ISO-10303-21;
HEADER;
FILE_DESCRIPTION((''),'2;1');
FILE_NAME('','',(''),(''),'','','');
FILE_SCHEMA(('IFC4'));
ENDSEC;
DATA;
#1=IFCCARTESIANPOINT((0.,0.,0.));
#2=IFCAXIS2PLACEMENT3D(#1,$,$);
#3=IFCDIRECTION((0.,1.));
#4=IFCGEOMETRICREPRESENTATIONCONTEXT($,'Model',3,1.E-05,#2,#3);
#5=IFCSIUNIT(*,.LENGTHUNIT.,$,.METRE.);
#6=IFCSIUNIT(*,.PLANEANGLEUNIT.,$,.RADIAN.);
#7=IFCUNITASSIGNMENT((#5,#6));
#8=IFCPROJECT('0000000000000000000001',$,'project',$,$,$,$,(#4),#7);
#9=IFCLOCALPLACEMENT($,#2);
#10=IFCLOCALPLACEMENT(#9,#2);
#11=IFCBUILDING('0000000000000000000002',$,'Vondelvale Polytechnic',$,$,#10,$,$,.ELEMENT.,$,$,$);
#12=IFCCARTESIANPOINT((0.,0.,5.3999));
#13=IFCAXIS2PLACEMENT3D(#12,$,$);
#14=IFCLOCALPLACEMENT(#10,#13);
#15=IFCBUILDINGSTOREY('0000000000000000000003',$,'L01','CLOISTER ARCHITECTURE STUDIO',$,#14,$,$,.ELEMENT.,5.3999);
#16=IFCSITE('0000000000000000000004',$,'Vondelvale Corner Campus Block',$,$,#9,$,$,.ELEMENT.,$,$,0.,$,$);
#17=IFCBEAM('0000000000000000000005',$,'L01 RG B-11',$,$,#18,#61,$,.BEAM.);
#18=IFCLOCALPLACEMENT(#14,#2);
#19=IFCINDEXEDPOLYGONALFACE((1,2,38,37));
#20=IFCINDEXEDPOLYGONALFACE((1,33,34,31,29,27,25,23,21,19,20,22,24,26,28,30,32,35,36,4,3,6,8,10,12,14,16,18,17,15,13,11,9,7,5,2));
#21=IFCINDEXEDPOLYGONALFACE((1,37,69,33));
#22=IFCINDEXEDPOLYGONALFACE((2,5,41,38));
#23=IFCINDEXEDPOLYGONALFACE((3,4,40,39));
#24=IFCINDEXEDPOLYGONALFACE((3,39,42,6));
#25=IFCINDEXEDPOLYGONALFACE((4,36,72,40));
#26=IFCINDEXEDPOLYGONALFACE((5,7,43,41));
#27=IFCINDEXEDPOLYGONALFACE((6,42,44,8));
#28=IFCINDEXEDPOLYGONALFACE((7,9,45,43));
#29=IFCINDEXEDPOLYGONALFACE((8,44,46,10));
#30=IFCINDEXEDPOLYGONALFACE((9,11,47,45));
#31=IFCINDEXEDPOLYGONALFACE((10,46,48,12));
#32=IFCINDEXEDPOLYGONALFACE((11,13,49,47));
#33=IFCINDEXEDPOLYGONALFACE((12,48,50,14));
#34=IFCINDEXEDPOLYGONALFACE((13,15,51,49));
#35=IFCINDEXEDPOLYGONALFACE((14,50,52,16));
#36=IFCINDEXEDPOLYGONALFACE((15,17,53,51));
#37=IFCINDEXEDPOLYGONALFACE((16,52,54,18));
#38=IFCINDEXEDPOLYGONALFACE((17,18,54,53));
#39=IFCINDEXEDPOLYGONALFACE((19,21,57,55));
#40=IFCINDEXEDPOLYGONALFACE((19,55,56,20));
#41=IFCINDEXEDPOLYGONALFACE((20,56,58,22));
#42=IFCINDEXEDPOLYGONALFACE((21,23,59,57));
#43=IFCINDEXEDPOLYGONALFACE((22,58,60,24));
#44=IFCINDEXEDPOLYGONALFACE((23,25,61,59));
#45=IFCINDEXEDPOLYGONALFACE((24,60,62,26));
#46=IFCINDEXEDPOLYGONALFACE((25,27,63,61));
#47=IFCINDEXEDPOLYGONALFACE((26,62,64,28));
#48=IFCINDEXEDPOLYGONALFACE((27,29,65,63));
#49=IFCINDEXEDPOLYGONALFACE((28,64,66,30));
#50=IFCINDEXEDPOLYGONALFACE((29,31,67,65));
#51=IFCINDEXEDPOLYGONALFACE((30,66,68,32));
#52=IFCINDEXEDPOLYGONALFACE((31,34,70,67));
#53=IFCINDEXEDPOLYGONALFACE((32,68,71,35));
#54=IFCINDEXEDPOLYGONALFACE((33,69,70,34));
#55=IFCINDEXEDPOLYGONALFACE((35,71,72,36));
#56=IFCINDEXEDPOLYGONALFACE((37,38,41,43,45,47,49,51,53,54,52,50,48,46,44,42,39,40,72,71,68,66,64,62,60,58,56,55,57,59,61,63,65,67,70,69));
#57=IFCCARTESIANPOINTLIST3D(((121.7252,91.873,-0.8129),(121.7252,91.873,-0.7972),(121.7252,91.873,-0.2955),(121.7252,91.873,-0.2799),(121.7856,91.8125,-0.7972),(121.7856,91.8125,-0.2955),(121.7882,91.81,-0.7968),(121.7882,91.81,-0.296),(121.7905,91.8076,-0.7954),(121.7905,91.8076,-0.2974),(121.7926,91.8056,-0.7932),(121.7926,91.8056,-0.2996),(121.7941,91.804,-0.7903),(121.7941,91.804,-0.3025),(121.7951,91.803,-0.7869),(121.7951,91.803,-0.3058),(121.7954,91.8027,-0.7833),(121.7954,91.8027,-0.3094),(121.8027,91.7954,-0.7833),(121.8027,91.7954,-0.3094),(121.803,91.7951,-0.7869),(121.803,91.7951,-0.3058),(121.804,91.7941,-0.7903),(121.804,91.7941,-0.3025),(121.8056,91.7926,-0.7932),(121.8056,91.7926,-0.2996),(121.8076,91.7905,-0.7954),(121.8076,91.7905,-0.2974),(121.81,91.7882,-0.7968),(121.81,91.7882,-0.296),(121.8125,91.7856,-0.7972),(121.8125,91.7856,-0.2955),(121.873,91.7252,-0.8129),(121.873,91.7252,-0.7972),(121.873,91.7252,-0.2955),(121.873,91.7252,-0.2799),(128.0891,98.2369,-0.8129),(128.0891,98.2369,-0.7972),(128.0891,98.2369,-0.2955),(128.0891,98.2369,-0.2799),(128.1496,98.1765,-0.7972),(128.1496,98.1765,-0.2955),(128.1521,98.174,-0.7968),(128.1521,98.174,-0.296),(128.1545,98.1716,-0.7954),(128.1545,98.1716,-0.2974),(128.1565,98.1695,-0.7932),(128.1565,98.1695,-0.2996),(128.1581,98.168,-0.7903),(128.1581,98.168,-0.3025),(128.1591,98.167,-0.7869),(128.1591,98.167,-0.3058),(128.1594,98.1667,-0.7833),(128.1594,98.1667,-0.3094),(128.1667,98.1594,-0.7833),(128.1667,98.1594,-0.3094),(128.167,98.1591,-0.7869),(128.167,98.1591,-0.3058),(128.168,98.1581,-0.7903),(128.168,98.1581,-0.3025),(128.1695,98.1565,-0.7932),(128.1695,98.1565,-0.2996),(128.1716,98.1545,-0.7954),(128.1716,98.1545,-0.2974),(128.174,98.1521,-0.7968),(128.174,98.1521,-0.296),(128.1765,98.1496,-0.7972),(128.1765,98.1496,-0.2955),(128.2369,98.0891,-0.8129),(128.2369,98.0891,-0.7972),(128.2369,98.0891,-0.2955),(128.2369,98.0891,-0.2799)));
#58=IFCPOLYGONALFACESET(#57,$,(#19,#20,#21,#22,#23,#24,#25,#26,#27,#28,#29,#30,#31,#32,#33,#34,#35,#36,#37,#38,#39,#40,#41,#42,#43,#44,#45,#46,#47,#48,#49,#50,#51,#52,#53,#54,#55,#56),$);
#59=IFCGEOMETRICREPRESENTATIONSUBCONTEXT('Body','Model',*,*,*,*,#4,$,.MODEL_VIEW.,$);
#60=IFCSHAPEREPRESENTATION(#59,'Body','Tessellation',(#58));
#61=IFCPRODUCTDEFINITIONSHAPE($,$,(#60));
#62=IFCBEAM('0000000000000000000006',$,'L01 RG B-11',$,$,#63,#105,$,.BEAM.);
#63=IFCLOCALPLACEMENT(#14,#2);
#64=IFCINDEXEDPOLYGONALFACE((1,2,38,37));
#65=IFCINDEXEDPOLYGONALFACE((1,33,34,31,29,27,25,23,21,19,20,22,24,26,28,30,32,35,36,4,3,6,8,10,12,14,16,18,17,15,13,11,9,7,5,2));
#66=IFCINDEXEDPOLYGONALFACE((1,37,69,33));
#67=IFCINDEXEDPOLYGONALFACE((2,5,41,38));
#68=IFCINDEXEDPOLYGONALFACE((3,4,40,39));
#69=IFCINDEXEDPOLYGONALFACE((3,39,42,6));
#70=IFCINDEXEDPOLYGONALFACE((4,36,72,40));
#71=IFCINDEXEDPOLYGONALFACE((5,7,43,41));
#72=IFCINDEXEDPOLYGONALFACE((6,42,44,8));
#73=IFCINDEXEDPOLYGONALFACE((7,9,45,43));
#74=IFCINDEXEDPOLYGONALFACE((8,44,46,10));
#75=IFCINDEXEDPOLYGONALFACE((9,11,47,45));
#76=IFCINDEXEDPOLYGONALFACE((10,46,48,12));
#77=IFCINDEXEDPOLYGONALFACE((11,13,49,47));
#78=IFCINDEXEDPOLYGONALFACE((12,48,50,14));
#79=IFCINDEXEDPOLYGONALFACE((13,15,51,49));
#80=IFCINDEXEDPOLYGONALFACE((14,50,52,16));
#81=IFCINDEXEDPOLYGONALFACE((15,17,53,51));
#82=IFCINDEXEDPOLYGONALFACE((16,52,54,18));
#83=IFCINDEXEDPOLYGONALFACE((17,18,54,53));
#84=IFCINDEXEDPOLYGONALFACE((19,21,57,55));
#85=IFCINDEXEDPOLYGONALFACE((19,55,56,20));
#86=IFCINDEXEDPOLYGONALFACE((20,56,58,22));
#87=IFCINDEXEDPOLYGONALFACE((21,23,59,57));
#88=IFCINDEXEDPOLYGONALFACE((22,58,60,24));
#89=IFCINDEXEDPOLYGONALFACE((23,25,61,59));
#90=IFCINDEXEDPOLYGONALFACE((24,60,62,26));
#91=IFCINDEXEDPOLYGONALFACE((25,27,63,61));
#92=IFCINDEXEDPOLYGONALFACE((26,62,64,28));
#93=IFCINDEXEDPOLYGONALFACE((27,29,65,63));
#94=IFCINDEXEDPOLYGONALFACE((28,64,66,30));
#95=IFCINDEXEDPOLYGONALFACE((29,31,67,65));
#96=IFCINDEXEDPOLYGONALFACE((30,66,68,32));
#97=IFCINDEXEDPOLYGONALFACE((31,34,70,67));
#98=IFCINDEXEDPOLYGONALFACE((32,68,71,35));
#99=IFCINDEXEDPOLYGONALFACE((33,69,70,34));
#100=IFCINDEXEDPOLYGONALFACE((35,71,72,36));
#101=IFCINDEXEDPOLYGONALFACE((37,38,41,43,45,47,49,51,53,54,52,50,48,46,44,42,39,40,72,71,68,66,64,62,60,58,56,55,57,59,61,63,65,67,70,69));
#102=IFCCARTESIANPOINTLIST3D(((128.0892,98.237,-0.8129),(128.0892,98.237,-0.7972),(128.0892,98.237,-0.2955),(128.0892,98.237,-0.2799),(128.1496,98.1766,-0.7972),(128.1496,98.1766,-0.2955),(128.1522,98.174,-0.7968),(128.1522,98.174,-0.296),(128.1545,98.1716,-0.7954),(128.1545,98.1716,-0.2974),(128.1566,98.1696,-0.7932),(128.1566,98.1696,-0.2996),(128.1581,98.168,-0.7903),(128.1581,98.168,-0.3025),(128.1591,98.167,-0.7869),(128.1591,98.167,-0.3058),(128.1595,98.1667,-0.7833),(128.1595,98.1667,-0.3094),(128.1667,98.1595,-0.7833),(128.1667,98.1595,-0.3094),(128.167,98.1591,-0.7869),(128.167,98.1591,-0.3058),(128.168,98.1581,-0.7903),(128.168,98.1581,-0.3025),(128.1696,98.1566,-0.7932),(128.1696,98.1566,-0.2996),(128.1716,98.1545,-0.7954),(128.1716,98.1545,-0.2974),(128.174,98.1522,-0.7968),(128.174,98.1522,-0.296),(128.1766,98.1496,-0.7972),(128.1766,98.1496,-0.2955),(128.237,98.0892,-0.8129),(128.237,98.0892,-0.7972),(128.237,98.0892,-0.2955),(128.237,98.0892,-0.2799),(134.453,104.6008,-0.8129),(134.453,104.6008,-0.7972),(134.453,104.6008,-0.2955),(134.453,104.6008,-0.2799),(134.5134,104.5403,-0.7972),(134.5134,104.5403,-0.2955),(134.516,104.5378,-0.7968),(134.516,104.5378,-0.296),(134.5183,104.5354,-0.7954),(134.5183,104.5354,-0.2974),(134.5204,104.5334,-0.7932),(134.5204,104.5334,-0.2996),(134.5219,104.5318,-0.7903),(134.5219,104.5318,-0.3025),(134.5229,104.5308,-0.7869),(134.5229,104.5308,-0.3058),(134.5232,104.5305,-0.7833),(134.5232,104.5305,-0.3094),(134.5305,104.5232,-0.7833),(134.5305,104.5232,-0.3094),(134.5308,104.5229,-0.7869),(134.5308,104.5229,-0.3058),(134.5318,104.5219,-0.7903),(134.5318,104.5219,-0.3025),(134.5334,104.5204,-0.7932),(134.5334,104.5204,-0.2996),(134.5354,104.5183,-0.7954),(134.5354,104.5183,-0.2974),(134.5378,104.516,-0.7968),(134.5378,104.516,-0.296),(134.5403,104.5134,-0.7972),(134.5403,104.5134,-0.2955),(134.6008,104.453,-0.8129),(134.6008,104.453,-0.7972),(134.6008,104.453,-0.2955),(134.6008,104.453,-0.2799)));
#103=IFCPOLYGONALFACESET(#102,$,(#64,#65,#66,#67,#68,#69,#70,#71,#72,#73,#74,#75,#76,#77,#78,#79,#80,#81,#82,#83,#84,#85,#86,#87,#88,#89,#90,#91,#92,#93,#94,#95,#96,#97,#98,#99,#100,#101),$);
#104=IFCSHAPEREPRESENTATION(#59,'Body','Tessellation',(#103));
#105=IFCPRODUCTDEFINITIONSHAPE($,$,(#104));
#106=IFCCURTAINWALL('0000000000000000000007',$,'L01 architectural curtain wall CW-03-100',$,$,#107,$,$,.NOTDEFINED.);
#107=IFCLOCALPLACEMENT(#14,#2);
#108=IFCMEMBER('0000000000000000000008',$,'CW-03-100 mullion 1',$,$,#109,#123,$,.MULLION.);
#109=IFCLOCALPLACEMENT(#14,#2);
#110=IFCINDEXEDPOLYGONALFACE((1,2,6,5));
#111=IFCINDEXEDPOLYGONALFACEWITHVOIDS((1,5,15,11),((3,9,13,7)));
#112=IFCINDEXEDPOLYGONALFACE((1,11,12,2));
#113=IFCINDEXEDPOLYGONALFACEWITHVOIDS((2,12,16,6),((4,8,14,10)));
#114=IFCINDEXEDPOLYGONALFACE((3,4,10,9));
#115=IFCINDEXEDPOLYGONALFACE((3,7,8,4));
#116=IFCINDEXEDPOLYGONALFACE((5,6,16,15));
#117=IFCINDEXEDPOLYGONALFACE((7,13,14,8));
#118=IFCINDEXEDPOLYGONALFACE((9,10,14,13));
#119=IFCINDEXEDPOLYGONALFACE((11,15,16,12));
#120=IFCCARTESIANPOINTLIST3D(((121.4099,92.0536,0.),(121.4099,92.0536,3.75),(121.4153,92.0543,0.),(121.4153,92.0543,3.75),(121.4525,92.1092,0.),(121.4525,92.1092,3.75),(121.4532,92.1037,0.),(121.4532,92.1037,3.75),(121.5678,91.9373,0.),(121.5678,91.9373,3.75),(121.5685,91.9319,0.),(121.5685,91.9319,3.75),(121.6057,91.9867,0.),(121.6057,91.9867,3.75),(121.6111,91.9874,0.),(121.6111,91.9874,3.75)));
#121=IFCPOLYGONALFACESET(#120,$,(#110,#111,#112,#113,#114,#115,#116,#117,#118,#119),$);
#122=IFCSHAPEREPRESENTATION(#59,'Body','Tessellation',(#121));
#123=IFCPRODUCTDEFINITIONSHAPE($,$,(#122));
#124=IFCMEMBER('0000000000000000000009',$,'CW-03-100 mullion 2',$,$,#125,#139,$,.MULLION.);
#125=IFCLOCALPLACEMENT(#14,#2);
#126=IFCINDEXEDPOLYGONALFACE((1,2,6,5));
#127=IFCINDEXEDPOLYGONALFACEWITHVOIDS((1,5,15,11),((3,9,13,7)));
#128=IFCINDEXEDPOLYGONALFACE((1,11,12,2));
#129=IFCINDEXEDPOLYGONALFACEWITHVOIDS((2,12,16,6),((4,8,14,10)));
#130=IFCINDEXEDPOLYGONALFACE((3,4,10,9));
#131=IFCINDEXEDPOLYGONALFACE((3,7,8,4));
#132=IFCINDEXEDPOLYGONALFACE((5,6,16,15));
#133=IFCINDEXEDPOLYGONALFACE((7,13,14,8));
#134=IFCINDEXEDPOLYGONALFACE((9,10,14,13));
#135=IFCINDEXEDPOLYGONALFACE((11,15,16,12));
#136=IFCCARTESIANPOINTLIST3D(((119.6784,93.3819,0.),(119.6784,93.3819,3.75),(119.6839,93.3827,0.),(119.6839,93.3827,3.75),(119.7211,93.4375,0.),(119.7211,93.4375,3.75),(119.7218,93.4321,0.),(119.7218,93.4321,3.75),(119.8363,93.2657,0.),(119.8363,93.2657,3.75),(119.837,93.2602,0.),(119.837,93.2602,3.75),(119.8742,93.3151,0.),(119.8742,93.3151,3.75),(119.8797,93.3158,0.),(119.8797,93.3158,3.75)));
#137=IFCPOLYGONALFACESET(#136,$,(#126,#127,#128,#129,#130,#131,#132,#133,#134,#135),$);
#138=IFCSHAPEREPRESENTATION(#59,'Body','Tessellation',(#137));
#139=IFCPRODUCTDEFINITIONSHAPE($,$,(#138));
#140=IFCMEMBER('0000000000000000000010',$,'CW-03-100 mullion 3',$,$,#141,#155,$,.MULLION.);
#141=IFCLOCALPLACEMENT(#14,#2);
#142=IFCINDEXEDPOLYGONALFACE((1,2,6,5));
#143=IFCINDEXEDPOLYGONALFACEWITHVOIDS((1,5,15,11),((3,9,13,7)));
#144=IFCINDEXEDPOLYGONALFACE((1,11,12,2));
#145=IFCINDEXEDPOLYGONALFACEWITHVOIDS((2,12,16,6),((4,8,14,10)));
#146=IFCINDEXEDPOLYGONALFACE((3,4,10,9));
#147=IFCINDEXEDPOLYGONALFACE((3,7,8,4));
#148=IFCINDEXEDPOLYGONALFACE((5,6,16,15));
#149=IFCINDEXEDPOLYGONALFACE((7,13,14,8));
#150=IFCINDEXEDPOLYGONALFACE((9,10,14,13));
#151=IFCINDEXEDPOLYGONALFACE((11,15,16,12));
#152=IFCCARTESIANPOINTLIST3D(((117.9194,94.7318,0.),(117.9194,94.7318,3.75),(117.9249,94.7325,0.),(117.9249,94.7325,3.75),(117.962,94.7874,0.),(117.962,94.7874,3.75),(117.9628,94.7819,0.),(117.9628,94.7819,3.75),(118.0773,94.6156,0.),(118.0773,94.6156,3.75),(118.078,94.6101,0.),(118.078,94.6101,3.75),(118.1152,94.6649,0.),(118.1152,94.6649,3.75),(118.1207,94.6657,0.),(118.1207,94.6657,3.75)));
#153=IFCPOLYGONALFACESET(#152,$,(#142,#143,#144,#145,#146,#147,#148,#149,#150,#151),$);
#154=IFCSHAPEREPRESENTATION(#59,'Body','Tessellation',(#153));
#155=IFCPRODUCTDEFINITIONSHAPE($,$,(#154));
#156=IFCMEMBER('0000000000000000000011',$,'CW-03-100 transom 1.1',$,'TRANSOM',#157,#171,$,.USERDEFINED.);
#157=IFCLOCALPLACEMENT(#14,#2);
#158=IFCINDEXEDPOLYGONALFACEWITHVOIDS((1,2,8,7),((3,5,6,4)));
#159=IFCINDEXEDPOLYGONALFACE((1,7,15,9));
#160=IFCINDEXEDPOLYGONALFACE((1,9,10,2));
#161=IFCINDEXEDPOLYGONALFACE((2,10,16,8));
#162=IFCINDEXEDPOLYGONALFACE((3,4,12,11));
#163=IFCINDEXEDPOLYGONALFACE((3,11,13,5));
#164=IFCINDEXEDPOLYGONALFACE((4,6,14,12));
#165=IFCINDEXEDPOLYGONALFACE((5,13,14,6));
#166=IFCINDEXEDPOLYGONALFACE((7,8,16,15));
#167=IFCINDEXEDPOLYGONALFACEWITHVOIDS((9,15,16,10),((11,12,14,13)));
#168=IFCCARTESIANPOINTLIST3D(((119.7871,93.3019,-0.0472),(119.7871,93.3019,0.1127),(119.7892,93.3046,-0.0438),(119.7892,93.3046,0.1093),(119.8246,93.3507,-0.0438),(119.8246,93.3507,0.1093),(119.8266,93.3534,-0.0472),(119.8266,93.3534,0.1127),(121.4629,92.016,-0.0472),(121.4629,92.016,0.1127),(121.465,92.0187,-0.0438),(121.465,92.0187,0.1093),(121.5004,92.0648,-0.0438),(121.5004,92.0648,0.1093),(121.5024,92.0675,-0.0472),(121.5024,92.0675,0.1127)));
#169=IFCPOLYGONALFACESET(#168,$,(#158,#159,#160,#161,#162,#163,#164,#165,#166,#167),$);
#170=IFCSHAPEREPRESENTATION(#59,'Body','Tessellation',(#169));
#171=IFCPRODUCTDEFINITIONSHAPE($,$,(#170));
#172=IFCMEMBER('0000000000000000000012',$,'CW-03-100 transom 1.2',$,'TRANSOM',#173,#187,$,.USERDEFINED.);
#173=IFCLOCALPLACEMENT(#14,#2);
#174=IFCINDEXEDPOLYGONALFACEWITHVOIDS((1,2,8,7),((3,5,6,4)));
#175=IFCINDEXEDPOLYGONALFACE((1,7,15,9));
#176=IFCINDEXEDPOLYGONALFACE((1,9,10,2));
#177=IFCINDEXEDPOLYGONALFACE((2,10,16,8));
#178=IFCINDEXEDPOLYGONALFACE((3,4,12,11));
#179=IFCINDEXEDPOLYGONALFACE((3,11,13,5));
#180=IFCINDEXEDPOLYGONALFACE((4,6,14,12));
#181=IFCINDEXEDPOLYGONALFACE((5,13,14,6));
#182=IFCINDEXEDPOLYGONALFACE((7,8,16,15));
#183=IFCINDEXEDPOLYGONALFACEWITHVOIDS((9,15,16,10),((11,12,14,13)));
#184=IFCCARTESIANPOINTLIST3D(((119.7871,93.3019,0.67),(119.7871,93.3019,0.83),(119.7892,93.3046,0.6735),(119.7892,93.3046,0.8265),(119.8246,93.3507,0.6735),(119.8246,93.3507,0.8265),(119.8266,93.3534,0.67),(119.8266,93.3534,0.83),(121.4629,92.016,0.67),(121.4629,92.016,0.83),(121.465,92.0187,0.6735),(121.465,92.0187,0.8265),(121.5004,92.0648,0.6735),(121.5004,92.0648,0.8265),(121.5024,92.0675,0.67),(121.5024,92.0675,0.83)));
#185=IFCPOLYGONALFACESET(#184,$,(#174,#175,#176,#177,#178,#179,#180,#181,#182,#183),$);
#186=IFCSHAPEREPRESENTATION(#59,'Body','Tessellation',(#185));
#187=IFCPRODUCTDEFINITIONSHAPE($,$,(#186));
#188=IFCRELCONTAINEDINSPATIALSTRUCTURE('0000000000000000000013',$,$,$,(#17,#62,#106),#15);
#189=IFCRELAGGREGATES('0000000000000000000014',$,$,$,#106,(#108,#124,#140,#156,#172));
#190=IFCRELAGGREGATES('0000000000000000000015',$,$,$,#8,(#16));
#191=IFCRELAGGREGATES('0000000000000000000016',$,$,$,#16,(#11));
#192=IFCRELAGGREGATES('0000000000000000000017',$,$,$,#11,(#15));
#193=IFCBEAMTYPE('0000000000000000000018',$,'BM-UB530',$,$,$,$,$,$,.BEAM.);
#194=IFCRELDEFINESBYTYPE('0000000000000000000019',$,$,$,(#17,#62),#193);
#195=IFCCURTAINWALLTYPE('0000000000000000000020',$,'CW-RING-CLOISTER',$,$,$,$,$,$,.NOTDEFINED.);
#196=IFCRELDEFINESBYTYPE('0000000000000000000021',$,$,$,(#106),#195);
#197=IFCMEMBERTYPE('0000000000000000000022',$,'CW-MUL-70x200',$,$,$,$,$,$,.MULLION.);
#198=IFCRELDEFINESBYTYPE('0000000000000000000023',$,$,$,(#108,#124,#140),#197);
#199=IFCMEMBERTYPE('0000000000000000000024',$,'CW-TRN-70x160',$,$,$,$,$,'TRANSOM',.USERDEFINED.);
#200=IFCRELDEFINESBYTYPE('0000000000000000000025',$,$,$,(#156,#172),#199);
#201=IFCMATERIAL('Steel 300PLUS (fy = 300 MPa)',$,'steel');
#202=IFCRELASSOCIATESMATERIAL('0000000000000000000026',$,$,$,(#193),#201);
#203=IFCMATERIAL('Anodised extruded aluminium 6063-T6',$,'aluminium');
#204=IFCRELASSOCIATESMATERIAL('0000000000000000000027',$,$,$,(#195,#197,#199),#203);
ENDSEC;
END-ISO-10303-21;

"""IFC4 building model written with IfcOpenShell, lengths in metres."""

from ifc_helpers import new_model, si_unit, direction, frame, origin, origin_2d, place, context, subcontext, project, spatial, hollow_rectangle, i_section, extrude, material, material_profile, profile_set, type_object, element, aggregate, save


model = new_model("IFC4")

# Units and contexts
model_context = context("Model", 3, precision=1e-05, world=origin(), true_north=direction((0.0, 1.0)))
body_context = subcontext(model_context, "Body", "Model", "MODEL_VIEW")
ifc_project = project(units=[si_unit("LENGTHUNIT", "METRE"), si_unit("PLANEANGLEUNIT", "RADIAN")], contexts=[model_context])

# Site, building, storey
site_placement = place(None, origin())
site = spatial("IfcSite", under=ifc_project, at=site_placement, Name="Vondelvale Corner Campus Block", CompositionType="ELEMENT", RefElevation=0.0)
building_placement = place(site_placement, origin())
building = spatial("IfcBuilding", under=site, at=building_placement, Name="Vondelvale Polytechnic", CompositionType="ELEMENT")
storey_placement = place(building_placement, frame((0.0, 0.0, 5.3999)))
storey = spatial("IfcBuildingStorey", under=building, at=storey_placement, Name="L01", Description="CLOISTER ARCHITECTURE STUDIO", CompositionType="ELEMENT", Elevation=5.3999)

# Shared definitions
ifc_material_1 = material(Name="Steel 300PLUS (fy = 300 MPa)", Category="steel")

# Beams
ifc_material_profile_1 = material_profile(ifc_material_1, i_section(OverallWidth=0.209, OverallDepth=0.533, WebThickness=0.0103, FlangeThickness=0.0156, FilletRadius=0.0139, at=origin_2d()), Name="530UB92.4")
ifc_profile_set_1 = profile_set([ifc_material_profile_1], Name="Steel 300PLUS (fy = 300 MPa)")
beam_type_1 = type_object("IfcBeamType", Name="BM-UB530", PredefinedType="BEAM", material=ifc_profile_set_1)
beam_1_placement = place(storey_placement, frame((121.7991, 91.7991, -0.5464), z_axis=(0.707107, 0.707107, 0.0), x_axis=(-0.707107, 0.707107, 0.0)))
element("IfcBeam", 1, at=beam_1_placement, inside=storey, type_object=beam_type_1, Name="L01 RG B-11", PredefinedType="BEAM", context=body_context, shape_type="SweptSolid", body=[
    extrude(i_section(OverallWidth=0.209, OverallDepth=0.533, WebThickness=0.0103, FlangeThickness=0.0156, FilletRadius=0.0139, at=origin_2d()), origin(), (0.0, 0.0, 1.0), 9.0),
])
beam_2_placement = place(storey_placement, frame((128.1631, 98.1631, -0.5464), z_axis=(0.707107, 0.707107, 0.0), x_axis=(-0.707107, 0.707107, 0.0)))
element("IfcBeam", 2, at=beam_2_placement, inside=storey, type_object=beam_type_1, Name="L01 RG B-11", PredefinedType="BEAM", context=body_context, shape_type="SweptSolid", body=[
    extrude(i_section(OverallWidth=0.209, OverallDepth=0.533, WebThickness=0.0103, FlangeThickness=0.0156, FilletRadius=0.0139, at=origin_2d()), origin(), (0.0, 0.0, 1.0), 8.9998),
])

# Curtain wall, members
ifc_material_2 = material(Name="Anodised extruded aluminium 6063-T6", Category="aluminium")
curtain_wall_type = type_object("IfcCurtainWallType", Name="CW-RING-CLOISTER", PredefinedType="NOTDEFINED", material=ifc_material_2)
curtain_wall_placement = place(storey_placement, origin())
curtain_wall = element("IfcCurtainWall", 3, at=curtain_wall_placement, inside=storey, type_object=curtain_wall_type, Name="L01 architectural curtain wall CW-03-100", PredefinedType="NOTDEFINED")
ifc_material_profile_2 = material_profile(ifc_material_2, hollow_rectangle(XDim=0.0701, YDim=0.2, WallThickness=0.0039, at=origin_2d()), Name="CW-MUL-200x70")
ifc_profile_set_2 = profile_set([ifc_material_profile_2], Name="Anodised extruded aluminium 6063-T6")
member_type_1 = type_object("IfcMemberType", Name="CW-MUL-70x200", PredefinedType="MULLION", material=ifc_profile_set_2)
member_1_placement = place(storey_placement, frame((121.5105, 92.0205, 0.0), z_axis=(0.0, 0.0, 1.0), x_axis=(-0.608748, -0.793364, 0.0)))
member_1 = element("IfcMember", 4, at=member_1_placement, type_object=member_type_1, Name="CW-03-100 mullion 1", PredefinedType="MULLION", context=body_context, shape_type="SweptSolid", body=[
    extrude(hollow_rectangle(XDim=0.0701, YDim=0.2, WallThickness=0.0039, at=origin_2d()), origin(), (0.0, 0.0, 1.0), 3.75),
])
member_2_placement = place(storey_placement, frame((119.7791, 93.3489, 0.0), z_axis=(0.0, 0.0, 1.0), x_axis=(-0.608748, -0.793364, 0.0)))
member_2 = element("IfcMember", 5, at=member_2_placement, type_object=member_type_1, Name="CW-03-100 mullion 2", PredefinedType="MULLION", context=body_context, shape_type="SweptSolid", body=[
    extrude(hollow_rectangle(XDim=0.0701, YDim=0.2, WallThickness=0.0039, at=origin_2d()), origin(), (0.0, 0.0, 1.0), 3.75),
])
member_3_placement = place(storey_placement, frame((118.02, 94.6987, 0.0), z_axis=(0.0, 0.0, 1.0), x_axis=(-0.608748, -0.793364, 0.0)))
member_3 = element("IfcMember", 6, at=member_3_placement, type_object=member_type_1, Name="CW-03-100 mullion 3", PredefinedType="MULLION", context=body_context, shape_type="SweptSolid", body=[
    extrude(hollow_rectangle(XDim=0.0701, YDim=0.2, WallThickness=0.0039, at=origin_2d()), origin(), (0.0, 0.0, 1.0), 3.75),
])
ifc_material_profile_3 = material_profile(ifc_material_2, hollow_rectangle(XDim=0.0649, YDim=0.1599, WallThickness=0.0034, at=origin_2d()), Name="CW-TRN-160x65")
ifc_profile_set_3 = profile_set([ifc_material_profile_3], Name="Anodised extruded aluminium 6063-T6")
member_type_2 = type_object("IfcMemberType", Name="CW-TRN-70x160", ElementType="TRANSOM", PredefinedType="USERDEFINED", material=ifc_profile_set_3)
member_4_placement = place(storey_placement, frame((121.4827, 92.0417, 0.0327), z_axis=(-0.79335, 0.608766, 0.0), x_axis=(-0.608766, -0.79335, 0.0)))
member_4 = element("IfcMember", 7, at=member_4_placement, type_object=member_type_2, Name="CW-03-100 transom 1.1", ObjectType="TRANSOM", PredefinedType="USERDEFINED", context=body_context, shape_type="SweptSolid", body=[
    extrude(hollow_rectangle(XDim=0.0649, YDim=0.1599, WallThickness=0.0034, at=origin_2d()), origin(), (0.0, 0.0, 1.0), 2.1123),
])
member_5_placement = place(storey_placement, frame((121.4827, 92.0417, 0.75), z_axis=(-0.79335, 0.608766, 0.0), x_axis=(-0.608766, -0.79335, 0.0)))
member_5 = element("IfcMember", 8, at=member_5_placement, type_object=member_type_2, Name="CW-03-100 transom 1.2", ObjectType="TRANSOM", PredefinedType="USERDEFINED", context=body_context, shape_type="SweptSolid", body=[
    extrude(hollow_rectangle(XDim=0.0649, YDim=0.1599, WallThickness=0.0034, at=origin_2d()), origin(), (0.0, 0.0, 1.0), 2.1123),
])

aggregate(curtain_wall, [member_1, member_2, member_3, member_4, member_5])

save(model, "model.ifc")
